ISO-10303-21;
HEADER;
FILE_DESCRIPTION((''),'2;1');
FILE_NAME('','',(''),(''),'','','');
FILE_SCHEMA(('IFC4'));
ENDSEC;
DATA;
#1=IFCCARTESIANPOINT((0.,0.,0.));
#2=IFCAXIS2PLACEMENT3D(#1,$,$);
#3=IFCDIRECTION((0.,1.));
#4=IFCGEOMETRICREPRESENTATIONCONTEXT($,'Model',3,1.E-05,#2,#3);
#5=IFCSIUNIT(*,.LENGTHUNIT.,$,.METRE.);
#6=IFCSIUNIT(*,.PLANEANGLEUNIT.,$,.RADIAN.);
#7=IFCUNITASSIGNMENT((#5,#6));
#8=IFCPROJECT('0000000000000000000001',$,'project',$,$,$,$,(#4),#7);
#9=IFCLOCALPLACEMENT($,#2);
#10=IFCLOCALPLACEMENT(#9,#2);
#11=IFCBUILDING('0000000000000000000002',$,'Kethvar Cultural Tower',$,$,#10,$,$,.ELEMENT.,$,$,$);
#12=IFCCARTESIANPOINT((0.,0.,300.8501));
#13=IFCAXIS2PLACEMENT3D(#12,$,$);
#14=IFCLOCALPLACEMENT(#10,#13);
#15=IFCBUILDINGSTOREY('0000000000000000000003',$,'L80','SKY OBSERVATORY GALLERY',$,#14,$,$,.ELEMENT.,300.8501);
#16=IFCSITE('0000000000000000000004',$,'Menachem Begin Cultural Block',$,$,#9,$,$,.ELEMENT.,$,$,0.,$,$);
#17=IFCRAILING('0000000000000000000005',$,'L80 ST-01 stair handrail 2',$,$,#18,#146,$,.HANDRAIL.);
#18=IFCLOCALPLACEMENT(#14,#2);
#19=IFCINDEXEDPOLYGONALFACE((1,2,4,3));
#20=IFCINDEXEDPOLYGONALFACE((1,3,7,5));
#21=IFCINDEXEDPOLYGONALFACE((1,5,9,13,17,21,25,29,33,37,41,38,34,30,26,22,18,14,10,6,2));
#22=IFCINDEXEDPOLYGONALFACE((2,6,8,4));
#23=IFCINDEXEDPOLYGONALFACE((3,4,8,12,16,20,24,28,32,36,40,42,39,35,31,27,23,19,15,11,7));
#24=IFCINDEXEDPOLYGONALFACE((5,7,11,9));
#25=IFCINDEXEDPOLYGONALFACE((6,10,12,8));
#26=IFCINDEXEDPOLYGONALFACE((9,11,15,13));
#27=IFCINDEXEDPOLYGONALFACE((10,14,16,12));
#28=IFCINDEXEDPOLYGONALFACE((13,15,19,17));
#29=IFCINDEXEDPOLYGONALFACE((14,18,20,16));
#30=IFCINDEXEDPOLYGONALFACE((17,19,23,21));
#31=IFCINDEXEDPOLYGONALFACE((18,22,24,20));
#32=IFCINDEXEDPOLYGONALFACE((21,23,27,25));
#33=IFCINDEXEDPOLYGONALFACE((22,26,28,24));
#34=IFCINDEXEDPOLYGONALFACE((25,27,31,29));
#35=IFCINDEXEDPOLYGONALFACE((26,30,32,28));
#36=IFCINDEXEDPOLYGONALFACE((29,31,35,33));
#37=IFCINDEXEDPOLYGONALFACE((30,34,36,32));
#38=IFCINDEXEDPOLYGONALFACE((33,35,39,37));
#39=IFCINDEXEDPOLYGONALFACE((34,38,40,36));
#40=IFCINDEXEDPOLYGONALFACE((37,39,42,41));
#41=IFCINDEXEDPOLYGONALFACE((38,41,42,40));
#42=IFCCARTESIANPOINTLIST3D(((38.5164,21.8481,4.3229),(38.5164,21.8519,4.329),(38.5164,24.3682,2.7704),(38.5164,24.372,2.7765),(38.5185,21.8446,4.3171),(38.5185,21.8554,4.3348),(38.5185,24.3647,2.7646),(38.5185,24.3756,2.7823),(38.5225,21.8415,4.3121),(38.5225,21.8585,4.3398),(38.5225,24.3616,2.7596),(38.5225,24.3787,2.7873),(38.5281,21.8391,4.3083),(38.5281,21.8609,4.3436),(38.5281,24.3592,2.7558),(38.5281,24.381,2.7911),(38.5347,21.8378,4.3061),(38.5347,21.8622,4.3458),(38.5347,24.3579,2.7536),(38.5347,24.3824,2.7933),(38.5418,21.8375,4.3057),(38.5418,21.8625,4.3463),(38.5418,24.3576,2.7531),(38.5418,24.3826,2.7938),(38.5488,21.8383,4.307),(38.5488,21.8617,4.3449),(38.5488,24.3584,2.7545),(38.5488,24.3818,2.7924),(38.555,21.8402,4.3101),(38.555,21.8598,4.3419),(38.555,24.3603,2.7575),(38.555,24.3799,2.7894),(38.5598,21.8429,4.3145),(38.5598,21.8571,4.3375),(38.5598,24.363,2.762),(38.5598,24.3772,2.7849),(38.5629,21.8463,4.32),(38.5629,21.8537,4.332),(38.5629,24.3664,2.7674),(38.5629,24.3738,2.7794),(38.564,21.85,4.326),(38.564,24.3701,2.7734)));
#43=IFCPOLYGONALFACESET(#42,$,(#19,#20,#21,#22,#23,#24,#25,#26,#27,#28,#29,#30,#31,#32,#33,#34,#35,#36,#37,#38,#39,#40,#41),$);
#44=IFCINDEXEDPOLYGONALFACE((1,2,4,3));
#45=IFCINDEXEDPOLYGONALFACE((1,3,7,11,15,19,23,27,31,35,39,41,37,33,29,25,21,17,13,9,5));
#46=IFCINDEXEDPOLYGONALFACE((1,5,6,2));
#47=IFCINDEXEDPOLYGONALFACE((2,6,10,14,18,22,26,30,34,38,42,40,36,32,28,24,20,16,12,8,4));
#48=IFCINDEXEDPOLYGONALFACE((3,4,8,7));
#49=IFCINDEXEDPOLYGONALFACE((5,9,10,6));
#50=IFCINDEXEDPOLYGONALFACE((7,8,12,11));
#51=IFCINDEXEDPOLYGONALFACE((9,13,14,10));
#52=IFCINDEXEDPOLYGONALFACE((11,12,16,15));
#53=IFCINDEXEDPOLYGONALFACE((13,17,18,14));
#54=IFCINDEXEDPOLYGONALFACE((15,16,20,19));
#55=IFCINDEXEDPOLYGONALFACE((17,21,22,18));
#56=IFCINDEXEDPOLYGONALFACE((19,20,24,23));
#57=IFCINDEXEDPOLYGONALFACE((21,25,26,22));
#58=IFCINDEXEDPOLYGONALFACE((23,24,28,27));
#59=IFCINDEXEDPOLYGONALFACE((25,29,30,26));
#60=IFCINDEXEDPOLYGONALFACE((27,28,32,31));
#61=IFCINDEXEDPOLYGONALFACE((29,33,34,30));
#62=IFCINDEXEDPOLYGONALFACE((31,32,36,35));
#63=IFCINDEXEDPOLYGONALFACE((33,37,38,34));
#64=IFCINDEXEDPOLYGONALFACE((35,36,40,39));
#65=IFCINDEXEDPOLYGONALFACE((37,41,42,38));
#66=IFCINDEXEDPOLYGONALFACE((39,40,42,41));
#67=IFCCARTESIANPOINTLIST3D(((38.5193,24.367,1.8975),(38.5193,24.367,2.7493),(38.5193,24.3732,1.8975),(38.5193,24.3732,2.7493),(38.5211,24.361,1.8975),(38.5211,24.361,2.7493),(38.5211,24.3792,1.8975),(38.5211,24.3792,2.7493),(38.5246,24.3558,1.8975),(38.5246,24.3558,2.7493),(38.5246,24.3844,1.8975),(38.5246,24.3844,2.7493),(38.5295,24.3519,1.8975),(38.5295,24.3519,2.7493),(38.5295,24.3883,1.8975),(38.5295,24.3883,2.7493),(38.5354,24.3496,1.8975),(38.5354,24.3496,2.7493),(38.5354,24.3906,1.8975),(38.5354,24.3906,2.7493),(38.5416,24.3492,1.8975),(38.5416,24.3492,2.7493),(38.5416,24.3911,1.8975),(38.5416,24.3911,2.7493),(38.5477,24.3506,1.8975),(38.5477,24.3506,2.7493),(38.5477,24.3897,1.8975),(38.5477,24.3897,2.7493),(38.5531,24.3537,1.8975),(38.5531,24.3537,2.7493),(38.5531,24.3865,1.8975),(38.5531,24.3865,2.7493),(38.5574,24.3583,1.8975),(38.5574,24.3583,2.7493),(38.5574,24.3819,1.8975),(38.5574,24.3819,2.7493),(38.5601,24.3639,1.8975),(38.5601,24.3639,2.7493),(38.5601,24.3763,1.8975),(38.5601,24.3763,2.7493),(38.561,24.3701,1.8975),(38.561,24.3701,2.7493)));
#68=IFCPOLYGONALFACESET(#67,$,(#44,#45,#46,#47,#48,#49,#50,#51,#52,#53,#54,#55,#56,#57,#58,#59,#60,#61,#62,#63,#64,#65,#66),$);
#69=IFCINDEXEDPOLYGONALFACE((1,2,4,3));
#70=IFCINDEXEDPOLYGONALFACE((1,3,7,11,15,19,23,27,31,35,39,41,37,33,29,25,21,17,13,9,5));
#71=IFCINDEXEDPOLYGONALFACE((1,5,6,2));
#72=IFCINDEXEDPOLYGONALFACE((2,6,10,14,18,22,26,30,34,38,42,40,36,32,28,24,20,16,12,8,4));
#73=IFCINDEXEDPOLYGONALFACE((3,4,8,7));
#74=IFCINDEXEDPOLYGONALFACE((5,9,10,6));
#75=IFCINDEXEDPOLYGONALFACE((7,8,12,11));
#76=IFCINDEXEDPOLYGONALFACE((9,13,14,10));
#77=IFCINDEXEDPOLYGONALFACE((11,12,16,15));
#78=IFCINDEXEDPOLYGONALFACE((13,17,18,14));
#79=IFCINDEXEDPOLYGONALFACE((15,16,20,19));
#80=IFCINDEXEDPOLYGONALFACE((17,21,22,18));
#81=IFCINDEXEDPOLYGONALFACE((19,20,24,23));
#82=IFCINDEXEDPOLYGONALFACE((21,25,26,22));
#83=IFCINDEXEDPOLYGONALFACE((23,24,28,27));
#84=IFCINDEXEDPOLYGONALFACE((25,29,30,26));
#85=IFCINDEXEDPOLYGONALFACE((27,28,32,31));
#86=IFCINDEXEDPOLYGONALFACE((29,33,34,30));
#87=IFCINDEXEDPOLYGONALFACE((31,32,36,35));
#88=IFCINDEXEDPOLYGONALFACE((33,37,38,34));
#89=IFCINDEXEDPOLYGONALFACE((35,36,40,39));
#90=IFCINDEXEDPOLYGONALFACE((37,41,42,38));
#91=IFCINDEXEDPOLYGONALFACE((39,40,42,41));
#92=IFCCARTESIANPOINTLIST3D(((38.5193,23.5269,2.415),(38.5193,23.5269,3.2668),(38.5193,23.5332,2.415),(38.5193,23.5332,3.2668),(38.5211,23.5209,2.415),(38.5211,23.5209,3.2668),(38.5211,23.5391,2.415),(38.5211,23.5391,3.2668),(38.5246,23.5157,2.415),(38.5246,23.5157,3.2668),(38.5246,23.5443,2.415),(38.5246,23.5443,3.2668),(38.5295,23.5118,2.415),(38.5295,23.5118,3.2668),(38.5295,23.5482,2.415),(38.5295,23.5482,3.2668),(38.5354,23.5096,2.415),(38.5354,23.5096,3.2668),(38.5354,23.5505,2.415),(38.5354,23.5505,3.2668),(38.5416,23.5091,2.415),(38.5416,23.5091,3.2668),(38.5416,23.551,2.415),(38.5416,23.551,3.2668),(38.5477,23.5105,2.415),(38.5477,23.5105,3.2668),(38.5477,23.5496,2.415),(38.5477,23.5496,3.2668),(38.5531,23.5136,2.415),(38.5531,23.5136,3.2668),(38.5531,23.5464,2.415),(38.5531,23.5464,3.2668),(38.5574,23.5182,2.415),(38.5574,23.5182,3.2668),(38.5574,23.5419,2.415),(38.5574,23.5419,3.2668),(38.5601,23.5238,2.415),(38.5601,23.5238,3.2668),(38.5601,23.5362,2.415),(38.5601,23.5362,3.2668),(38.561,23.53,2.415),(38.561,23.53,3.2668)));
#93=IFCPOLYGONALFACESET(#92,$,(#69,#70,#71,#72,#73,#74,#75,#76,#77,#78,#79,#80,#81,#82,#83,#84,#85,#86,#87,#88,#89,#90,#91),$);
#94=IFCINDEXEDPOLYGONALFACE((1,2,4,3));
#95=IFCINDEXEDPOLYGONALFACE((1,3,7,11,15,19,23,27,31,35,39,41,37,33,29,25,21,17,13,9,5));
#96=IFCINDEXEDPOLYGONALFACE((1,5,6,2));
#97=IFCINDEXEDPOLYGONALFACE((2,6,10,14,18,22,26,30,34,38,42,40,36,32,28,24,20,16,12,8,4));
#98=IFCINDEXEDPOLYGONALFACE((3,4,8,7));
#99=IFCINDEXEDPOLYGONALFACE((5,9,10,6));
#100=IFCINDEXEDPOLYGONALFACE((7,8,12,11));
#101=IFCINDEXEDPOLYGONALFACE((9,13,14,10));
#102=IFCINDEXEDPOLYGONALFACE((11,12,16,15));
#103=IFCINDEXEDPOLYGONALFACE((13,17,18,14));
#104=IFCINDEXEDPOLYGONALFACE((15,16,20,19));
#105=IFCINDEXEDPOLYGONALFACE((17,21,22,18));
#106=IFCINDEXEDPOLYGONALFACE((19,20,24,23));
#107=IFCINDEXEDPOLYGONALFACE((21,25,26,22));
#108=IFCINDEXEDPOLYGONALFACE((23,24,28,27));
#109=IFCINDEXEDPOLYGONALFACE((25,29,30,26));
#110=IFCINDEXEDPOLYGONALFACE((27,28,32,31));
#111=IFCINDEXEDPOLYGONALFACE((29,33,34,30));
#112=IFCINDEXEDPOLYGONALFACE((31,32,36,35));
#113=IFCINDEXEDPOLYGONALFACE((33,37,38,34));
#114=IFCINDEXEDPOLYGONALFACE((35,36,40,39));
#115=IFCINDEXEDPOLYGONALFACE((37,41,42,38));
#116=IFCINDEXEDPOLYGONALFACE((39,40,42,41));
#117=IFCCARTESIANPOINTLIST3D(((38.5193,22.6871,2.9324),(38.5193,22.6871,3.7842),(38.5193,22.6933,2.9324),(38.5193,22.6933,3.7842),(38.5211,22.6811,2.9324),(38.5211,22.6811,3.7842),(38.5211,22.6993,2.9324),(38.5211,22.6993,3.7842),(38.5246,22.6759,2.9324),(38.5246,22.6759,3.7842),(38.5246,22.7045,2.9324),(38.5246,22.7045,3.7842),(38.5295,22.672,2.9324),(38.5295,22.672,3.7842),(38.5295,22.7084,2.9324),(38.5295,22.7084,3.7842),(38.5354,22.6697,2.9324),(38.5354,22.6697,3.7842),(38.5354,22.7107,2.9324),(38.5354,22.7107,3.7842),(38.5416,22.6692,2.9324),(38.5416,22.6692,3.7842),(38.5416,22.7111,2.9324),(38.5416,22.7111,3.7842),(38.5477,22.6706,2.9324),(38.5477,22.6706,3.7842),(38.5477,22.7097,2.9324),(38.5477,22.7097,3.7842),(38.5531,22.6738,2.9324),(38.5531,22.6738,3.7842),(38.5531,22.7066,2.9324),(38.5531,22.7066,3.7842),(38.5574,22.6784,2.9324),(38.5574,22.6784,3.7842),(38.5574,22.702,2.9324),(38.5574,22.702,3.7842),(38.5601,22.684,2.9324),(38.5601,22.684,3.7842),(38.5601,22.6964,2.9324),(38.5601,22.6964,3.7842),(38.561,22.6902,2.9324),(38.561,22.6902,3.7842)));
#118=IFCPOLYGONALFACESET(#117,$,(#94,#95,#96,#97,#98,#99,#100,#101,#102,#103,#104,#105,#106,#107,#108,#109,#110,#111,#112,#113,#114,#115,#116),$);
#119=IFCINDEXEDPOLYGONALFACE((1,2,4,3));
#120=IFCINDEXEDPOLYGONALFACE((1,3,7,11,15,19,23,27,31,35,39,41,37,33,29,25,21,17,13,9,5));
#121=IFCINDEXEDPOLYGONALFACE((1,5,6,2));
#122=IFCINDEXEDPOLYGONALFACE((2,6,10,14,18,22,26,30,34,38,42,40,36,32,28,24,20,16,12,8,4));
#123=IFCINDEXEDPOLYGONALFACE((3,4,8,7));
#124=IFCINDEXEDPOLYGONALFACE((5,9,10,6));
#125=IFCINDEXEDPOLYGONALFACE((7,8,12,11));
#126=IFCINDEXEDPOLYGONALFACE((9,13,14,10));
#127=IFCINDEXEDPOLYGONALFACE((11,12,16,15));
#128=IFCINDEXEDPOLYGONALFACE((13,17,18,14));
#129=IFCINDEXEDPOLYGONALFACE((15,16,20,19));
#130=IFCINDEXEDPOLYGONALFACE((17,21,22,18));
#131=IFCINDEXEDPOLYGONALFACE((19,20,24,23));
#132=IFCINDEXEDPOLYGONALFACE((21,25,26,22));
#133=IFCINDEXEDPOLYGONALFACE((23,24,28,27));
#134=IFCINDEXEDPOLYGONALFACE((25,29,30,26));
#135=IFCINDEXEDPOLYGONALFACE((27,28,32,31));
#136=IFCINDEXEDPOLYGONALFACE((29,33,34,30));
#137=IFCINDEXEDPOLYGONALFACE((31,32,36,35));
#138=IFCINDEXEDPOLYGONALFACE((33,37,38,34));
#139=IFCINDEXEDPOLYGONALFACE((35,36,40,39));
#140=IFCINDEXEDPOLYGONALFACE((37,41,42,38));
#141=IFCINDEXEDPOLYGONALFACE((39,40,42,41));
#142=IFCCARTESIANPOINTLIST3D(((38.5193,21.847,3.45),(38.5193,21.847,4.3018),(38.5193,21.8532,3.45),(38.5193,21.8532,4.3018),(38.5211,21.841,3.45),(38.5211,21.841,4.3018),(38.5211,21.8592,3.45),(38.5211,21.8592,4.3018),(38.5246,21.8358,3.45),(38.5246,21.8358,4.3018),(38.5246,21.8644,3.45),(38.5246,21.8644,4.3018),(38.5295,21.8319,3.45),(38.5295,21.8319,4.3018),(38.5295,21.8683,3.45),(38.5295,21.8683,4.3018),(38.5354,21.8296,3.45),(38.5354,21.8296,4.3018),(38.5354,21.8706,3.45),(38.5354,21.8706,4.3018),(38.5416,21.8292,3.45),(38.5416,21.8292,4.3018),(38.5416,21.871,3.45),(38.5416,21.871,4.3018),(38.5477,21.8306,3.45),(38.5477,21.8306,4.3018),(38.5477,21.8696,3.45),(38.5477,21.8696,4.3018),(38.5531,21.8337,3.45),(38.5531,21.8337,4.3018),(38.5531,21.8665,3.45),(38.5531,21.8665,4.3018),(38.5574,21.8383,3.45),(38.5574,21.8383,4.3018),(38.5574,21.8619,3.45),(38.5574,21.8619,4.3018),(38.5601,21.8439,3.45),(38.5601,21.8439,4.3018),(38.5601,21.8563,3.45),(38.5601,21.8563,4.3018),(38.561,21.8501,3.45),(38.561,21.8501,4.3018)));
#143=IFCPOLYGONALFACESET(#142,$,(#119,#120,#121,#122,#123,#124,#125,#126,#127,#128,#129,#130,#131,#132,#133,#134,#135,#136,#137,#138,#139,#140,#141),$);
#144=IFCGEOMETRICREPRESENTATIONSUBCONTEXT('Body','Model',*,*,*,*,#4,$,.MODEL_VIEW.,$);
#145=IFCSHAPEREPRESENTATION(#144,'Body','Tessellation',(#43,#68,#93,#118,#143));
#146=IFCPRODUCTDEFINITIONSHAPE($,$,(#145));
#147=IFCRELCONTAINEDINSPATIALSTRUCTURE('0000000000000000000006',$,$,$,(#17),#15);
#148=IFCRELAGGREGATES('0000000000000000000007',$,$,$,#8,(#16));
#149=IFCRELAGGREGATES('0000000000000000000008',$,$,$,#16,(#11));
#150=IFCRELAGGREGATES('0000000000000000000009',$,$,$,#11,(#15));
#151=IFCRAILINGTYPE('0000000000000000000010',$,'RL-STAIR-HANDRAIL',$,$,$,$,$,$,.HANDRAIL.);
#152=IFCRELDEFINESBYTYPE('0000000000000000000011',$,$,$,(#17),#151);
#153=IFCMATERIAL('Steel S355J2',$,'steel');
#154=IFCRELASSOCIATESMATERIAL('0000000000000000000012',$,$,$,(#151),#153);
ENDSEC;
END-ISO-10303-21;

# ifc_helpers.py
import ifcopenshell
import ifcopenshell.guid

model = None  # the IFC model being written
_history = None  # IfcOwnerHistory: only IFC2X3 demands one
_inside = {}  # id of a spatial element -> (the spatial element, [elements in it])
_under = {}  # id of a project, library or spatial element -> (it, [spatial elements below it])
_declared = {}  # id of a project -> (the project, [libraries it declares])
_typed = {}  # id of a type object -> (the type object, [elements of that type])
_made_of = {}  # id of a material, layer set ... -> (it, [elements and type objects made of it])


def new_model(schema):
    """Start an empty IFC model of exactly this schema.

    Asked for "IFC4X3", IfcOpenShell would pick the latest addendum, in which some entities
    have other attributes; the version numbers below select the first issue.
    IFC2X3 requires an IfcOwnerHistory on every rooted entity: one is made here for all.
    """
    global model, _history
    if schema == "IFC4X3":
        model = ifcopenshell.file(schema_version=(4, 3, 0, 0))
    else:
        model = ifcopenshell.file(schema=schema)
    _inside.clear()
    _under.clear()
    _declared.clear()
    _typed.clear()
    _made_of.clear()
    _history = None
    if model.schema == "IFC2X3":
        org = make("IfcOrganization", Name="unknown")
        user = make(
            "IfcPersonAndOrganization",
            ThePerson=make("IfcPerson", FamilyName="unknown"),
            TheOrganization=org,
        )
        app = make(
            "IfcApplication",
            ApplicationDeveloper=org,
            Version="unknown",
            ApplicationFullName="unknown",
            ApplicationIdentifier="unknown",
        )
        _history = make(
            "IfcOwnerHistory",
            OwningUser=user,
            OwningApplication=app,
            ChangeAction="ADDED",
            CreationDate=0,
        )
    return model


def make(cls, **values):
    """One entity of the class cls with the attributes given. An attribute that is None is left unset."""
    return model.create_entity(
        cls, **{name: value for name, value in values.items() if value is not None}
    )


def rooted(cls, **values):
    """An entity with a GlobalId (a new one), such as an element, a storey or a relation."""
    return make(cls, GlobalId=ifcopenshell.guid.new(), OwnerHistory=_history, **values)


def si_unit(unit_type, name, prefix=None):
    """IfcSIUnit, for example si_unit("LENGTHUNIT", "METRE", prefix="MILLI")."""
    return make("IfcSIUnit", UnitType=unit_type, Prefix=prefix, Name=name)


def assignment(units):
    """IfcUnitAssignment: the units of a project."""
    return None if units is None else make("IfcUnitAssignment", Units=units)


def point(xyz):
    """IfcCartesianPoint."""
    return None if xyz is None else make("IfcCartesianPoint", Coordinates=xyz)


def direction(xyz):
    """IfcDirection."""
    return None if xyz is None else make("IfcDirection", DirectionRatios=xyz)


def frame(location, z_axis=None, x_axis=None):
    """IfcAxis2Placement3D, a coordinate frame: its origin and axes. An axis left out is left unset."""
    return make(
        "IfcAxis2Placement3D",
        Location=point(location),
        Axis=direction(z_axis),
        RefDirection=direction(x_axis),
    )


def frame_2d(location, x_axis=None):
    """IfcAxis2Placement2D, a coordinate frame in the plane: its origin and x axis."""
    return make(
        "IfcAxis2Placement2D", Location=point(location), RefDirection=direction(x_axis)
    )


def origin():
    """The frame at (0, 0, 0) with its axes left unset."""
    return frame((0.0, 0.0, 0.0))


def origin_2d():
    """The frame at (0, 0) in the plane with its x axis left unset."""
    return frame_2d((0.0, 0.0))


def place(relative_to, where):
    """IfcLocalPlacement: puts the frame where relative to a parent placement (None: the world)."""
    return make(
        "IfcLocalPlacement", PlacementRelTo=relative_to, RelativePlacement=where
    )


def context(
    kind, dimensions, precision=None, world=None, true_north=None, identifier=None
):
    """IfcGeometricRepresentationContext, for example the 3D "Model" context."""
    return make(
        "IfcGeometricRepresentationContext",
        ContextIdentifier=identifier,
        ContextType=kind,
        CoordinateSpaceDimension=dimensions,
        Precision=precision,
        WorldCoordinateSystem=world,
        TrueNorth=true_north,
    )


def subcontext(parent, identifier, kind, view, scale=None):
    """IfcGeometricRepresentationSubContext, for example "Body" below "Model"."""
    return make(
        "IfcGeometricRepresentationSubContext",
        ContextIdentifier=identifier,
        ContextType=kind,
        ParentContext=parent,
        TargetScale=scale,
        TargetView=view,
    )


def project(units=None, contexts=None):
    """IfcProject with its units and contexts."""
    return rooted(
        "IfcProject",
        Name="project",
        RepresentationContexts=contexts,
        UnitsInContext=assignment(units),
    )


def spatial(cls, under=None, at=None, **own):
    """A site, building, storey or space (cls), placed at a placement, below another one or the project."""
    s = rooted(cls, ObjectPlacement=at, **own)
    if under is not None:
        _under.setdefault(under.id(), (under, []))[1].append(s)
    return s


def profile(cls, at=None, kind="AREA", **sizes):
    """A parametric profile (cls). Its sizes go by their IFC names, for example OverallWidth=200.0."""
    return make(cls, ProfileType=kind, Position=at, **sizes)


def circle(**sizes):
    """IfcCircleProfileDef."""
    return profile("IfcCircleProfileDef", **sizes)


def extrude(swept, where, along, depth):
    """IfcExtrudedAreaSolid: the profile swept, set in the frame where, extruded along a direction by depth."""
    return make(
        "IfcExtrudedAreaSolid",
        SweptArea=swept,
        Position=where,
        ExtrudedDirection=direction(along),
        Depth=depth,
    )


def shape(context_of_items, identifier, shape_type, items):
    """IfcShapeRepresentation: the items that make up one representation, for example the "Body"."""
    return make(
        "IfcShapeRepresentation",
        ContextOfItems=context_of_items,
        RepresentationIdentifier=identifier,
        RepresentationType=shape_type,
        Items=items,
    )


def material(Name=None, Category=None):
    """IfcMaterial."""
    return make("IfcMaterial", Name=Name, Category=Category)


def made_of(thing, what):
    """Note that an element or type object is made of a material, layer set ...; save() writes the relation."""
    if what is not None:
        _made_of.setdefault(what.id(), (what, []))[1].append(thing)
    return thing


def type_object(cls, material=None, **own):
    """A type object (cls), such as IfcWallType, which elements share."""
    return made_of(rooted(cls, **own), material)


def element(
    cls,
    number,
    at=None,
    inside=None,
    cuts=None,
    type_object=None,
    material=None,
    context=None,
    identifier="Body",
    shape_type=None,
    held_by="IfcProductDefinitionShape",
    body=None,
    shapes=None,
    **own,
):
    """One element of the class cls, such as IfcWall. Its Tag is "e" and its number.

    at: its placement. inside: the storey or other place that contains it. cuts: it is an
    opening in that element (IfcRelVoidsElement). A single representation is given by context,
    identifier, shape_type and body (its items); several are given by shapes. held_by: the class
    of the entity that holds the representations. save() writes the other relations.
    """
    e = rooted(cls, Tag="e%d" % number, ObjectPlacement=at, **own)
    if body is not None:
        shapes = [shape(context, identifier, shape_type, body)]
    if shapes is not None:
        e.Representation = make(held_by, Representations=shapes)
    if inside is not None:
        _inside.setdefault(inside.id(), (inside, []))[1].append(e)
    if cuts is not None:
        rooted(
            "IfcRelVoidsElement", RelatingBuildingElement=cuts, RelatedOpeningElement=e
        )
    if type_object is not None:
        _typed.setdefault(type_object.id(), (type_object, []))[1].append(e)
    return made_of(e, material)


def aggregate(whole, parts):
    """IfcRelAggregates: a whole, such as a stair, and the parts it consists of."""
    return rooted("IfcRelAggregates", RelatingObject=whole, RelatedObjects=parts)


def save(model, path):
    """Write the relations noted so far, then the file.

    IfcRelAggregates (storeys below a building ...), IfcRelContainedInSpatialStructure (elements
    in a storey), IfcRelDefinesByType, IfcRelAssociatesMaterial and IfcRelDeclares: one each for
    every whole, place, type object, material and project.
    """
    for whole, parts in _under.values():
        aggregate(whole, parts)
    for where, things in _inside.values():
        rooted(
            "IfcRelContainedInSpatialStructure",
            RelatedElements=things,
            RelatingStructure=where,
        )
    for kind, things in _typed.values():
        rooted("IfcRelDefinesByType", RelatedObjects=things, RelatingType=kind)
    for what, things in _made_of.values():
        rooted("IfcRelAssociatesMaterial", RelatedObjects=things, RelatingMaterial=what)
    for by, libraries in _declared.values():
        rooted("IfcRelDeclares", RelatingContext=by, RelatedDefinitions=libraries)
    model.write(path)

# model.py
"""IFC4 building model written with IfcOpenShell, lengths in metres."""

from ifc_helpers import new_model, si_unit, direction, frame, origin, origin_2d, place, context, subcontext, project, spatial, circle, extrude, material, type_object, element, save


model = new_model("IFC4")

# Units and contexts
model_context = context("Model", 3, precision=1e-05, world=origin(), true_north=direction((0.0, 1.0)))
body_context = subcontext(model_context, "Body", "Model", "MODEL_VIEW")
ifc_project = project(units=[si_unit("LENGTHUNIT", "METRE"), si_unit("PLANEANGLEUNIT", "RADIAN")], contexts=[model_context])

# Site, building, storey
site_placement = place(None, origin())
site = spatial("IfcSite", under=ifc_project, at=site_placement, Name="Menachem Begin Cultural Block", CompositionType="ELEMENT", RefElevation=0.0)
building_placement = place(site_placement, origin())
building = spatial("IfcBuilding", under=site, at=building_placement, Name="Kethvar Cultural Tower", CompositionType="ELEMENT")
storey_placement = place(building_placement, frame((0.0, 0.0, 300.8501)))
storey = spatial("IfcBuildingStorey", under=building, at=storey_placement, Name="L80", Description="SKY OBSERVATORY GALLERY", CompositionType="ELEMENT", Elevation=300.8501)

# Shared definitions
ifc_material_1 = material(Name="Steel S355J2", Category="steel")

# Railing
railing_type_1 = type_object("IfcRailingType", Name="RL-STAIR-HANDRAIL", PredefinedType="HANDRAIL", material=ifc_material_1)
railing_1_placement = place(storey_placement, frame((38.54, 24.3701, 1.8975)))
element("IfcRailing", 1, at=railing_1_placement, inside=storey, type_object=railing_type_1, Name="L80 ST-01 stair handrail 2", PredefinedType="HANDRAIL", context=body_context, shape_type="SweptSolid", body=[
    extrude(circle(Radius=0.0239, at=origin_2d()), frame((0.0, 0.0, 0.876), z_axis=(0.0, -0.8514, 0.524516), x_axis=(1.0, 0.0, 0.0)), (0.0, 0.0, 1.0), 2.96),
    extrude(circle(Radius=0.021, at=origin_2d()), origin(), (0.0, 0.0, 1.0), 0.8518),
    extrude(circle(Radius=0.021, at=origin_2d()), frame((0.0, -0.8401, 0.5176)), (0.0, 0.0, 1.0), 0.8518),
    extrude(circle(Radius=0.021, at=origin_2d()), frame((0.0, -1.6799, 1.0349)), (0.0, 0.0, 1.0), 0.8518),
    extrude(circle(Radius=0.021, at=origin_2d()), frame((0.0, -2.52, 1.5525)), (0.0, 0.0, 1.0), 0.8518),
])

save(model, "model.ifc")
